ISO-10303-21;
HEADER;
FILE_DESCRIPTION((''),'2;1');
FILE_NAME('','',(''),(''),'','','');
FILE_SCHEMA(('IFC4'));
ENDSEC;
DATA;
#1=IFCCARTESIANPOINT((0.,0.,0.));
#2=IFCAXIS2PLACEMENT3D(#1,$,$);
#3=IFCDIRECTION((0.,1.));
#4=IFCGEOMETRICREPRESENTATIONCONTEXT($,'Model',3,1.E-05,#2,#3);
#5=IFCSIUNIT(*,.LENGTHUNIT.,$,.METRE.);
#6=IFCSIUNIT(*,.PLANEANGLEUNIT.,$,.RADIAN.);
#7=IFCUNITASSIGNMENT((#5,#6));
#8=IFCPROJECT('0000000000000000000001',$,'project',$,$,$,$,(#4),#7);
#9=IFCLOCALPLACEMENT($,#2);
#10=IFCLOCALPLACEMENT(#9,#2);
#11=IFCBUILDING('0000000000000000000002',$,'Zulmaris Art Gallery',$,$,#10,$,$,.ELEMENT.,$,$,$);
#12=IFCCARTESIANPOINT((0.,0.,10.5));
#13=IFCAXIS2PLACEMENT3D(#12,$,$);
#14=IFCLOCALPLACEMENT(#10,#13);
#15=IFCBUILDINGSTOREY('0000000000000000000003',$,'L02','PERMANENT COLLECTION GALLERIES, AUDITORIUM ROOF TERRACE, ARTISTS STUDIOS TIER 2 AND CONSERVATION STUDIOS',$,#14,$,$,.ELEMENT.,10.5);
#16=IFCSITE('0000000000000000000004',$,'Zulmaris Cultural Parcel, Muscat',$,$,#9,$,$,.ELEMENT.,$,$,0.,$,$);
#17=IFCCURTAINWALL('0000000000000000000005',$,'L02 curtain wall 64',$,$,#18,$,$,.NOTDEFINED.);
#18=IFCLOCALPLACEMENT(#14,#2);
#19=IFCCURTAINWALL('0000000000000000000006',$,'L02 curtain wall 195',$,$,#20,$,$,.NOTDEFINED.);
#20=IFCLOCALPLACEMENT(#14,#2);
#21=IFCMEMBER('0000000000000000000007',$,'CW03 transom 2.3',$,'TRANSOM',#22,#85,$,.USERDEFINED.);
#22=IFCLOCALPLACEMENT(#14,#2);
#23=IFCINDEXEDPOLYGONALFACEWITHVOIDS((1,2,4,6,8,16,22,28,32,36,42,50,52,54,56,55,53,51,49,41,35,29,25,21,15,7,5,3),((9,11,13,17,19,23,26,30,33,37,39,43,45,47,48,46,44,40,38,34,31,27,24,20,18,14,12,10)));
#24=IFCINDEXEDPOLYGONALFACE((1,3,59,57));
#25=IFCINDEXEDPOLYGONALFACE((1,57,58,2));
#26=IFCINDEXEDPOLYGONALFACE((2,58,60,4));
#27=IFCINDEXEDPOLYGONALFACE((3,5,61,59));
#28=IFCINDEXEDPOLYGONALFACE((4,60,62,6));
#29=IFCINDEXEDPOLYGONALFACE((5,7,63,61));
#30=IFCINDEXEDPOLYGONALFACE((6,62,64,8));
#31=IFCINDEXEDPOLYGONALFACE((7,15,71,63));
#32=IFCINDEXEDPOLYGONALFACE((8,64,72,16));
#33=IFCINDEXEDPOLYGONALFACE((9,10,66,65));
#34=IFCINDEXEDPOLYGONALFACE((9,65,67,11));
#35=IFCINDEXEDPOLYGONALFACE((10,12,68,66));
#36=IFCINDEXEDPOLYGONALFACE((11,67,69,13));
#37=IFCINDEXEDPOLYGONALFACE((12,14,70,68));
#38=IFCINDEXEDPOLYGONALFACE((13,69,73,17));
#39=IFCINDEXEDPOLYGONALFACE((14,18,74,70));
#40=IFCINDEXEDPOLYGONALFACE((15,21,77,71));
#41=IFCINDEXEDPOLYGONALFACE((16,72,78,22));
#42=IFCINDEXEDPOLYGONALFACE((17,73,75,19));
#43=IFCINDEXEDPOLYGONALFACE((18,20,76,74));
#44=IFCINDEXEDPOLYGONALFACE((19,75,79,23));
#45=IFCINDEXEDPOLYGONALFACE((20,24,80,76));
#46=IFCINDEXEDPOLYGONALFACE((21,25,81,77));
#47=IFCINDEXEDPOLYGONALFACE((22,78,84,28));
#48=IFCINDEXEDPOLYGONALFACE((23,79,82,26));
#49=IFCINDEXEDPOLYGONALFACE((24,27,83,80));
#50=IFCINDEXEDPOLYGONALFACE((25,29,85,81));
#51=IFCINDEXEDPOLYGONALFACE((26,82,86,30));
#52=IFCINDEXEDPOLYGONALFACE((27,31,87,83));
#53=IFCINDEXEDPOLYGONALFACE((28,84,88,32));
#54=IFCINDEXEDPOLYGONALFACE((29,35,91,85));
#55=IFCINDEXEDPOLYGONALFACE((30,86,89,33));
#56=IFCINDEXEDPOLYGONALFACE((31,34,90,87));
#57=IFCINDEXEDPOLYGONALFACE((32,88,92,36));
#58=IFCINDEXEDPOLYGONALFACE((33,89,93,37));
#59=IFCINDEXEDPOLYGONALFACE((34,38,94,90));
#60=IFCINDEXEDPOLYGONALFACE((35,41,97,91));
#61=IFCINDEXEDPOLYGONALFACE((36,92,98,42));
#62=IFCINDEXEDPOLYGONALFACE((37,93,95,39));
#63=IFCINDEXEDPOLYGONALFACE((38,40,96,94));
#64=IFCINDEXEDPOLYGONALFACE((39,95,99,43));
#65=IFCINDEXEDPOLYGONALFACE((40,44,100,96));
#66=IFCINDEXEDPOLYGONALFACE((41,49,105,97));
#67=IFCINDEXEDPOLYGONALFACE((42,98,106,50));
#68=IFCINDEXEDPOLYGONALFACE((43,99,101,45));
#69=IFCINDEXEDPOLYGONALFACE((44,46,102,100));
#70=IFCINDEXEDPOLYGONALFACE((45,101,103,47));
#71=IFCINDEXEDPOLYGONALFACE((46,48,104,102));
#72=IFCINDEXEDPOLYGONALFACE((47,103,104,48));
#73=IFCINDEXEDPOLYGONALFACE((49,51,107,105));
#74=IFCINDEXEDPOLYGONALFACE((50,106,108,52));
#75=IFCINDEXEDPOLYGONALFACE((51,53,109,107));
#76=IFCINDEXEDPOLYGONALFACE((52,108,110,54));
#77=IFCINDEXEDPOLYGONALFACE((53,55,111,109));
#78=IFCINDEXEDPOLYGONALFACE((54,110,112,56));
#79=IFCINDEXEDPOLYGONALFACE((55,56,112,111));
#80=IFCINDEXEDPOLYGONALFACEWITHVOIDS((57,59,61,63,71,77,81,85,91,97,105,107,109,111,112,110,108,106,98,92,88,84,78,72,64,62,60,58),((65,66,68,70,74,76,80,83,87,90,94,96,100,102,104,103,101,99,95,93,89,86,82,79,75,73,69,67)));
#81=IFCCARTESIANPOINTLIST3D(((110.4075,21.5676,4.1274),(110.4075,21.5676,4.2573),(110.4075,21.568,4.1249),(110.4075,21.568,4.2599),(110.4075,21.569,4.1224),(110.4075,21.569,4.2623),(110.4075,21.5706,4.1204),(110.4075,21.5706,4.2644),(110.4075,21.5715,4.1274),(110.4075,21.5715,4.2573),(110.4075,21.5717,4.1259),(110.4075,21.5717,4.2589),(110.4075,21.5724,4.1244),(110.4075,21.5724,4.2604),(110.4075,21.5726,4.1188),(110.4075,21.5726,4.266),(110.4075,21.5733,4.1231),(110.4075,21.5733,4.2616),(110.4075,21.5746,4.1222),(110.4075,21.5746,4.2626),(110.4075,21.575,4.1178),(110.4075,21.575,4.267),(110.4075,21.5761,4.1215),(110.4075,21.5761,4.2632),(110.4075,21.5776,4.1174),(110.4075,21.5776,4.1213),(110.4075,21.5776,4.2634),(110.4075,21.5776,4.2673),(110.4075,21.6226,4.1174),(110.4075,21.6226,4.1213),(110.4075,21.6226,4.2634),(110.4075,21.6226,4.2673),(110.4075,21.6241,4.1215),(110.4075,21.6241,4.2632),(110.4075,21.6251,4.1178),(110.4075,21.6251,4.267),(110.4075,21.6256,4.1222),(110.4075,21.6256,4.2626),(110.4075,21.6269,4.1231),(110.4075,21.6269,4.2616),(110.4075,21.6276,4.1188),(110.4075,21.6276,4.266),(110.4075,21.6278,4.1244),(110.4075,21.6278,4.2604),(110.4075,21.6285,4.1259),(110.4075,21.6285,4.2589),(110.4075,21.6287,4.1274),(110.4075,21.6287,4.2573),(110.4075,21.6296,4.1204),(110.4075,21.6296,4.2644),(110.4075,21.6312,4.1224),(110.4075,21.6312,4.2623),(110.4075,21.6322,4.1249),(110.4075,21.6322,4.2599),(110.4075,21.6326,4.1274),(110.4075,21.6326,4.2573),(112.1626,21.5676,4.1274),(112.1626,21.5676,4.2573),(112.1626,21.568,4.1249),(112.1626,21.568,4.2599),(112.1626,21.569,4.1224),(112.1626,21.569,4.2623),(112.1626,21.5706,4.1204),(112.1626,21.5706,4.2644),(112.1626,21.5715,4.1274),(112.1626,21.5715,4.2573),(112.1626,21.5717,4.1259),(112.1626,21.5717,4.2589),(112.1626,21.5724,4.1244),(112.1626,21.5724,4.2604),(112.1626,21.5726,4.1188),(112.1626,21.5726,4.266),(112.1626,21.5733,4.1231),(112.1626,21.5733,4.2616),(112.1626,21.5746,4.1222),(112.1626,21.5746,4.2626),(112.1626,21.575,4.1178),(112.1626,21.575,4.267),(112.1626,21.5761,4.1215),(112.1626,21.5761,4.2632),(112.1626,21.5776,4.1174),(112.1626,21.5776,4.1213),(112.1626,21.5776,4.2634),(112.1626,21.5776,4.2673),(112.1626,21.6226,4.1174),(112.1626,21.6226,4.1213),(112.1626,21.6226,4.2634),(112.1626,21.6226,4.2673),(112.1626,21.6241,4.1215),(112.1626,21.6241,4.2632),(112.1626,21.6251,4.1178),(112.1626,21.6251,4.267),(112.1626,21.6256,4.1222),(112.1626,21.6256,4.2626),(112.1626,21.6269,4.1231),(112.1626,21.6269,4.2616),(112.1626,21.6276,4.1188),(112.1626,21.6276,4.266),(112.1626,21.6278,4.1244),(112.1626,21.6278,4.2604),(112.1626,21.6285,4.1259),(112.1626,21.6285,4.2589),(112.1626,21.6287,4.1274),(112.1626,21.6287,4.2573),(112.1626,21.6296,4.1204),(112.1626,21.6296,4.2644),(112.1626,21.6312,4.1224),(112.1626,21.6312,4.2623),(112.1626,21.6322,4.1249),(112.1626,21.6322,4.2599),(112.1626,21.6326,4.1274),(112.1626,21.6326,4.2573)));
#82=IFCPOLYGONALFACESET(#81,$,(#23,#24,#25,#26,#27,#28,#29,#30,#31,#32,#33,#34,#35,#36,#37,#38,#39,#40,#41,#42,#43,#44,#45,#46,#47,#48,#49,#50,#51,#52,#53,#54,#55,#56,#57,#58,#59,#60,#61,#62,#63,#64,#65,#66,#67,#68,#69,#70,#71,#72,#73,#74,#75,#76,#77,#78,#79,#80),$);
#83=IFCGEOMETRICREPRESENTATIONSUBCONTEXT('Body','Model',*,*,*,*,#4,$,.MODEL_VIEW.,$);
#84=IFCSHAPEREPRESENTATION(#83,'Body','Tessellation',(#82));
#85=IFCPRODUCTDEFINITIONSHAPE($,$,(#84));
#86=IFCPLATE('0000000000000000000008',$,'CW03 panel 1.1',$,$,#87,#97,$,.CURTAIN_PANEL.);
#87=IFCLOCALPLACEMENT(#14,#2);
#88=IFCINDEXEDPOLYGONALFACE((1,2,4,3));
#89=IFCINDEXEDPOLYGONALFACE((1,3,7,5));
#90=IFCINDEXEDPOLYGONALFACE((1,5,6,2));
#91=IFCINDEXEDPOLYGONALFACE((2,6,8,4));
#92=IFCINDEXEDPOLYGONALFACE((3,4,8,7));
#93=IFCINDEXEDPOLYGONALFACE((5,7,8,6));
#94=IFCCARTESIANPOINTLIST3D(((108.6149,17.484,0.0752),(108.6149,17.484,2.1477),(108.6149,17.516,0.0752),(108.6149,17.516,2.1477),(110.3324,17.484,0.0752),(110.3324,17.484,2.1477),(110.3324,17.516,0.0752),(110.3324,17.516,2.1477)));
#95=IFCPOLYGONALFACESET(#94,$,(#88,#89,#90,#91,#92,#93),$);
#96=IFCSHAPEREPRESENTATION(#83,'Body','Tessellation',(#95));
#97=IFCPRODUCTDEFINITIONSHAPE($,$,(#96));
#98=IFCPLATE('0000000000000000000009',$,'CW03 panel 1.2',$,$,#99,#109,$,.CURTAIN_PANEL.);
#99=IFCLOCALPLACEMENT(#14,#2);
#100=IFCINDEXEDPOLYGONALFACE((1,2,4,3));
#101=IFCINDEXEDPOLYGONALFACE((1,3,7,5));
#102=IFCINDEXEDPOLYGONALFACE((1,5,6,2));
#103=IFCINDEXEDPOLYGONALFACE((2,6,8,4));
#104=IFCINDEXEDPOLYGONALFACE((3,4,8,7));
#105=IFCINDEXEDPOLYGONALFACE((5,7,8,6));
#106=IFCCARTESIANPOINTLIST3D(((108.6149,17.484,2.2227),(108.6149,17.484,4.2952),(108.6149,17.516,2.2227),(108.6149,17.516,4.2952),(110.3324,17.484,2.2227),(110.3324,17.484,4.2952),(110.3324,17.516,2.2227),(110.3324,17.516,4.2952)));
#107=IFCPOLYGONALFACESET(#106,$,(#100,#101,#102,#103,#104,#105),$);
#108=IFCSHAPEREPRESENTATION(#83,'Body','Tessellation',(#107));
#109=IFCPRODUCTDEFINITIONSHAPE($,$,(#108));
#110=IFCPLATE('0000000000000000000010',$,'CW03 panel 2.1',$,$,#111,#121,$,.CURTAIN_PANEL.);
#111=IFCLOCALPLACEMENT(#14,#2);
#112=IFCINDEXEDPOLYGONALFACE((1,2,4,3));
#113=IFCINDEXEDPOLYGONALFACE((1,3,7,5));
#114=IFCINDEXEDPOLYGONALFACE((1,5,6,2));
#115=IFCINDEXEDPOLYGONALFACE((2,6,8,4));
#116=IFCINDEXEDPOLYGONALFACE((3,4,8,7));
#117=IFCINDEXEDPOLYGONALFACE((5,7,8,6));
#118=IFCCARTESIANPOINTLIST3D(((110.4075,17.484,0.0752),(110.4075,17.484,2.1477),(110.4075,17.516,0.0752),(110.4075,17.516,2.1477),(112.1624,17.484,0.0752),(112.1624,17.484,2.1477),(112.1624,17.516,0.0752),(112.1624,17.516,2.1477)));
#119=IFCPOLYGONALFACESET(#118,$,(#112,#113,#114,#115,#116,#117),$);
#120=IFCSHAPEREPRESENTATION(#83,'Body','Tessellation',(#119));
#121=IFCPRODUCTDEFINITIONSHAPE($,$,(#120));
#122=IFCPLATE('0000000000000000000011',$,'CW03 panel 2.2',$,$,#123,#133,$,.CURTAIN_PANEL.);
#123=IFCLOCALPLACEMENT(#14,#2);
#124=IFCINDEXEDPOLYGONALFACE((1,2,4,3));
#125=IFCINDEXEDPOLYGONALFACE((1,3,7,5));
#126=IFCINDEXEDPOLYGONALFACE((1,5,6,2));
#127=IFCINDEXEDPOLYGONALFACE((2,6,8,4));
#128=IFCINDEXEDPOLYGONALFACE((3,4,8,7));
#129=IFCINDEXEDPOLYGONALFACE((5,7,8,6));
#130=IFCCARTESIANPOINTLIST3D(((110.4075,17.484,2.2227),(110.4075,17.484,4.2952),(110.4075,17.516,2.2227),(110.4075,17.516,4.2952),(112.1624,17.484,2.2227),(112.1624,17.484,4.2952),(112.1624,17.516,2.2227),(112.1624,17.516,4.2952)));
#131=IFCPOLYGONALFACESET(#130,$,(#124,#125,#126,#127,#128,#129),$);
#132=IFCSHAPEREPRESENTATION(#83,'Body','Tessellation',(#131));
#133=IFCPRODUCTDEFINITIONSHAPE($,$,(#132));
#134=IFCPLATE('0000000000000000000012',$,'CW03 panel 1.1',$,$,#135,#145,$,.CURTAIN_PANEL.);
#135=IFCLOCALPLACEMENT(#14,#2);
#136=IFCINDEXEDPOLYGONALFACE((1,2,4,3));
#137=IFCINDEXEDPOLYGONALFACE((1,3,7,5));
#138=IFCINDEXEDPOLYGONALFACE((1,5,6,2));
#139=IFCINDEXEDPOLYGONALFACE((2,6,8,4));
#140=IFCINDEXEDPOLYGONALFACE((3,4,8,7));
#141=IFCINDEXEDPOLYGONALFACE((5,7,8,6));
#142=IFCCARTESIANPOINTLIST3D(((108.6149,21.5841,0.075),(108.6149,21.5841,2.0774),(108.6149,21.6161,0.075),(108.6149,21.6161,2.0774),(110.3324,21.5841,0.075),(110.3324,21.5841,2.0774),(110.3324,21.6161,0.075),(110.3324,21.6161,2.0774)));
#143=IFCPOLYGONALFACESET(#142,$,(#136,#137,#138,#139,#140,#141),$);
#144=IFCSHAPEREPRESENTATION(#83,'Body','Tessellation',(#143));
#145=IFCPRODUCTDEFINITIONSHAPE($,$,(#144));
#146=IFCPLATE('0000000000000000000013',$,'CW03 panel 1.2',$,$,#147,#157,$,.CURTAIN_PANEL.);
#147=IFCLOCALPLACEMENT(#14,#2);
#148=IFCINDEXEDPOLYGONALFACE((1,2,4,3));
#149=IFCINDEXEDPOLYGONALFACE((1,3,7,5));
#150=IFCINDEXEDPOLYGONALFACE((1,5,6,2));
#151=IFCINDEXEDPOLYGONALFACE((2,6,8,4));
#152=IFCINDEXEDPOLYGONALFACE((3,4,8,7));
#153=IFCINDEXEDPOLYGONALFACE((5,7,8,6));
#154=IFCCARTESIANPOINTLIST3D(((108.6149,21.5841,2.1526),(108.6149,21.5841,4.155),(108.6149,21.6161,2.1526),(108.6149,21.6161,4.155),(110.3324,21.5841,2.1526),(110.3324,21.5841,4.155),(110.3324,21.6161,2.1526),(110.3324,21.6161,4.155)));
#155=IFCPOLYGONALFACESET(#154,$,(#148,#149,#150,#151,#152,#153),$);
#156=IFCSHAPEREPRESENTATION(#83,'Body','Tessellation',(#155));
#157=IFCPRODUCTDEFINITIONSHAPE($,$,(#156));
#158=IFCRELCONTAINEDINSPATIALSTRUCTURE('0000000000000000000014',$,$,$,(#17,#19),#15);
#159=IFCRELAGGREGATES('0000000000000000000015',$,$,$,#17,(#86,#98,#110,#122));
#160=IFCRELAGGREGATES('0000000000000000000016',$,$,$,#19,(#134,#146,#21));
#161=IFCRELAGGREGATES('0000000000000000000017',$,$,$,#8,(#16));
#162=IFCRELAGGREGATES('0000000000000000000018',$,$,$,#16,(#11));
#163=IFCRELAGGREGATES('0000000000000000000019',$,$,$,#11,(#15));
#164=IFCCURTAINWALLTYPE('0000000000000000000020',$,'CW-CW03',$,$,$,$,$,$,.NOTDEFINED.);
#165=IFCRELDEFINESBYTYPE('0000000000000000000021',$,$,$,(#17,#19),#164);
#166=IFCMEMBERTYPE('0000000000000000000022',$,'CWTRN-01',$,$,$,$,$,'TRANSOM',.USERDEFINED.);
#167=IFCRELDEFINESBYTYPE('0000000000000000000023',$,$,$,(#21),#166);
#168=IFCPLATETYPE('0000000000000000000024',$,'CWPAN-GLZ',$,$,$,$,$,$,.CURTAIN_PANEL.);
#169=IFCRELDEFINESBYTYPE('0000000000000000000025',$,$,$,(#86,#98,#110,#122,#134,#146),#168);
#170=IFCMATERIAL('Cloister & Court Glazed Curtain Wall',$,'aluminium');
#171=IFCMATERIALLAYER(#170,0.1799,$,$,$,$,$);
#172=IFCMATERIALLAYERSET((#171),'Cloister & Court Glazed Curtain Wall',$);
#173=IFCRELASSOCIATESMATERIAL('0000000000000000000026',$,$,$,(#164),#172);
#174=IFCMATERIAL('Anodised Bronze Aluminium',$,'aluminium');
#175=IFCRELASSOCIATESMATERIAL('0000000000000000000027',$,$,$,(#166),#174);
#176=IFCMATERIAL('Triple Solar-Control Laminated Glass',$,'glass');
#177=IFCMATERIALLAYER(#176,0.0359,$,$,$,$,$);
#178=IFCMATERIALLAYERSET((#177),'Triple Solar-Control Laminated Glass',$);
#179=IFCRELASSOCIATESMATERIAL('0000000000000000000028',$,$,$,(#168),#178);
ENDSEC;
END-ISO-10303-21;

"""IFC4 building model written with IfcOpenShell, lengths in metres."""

from ifc_helpers import new_model, si_unit, direction, frame, origin, origin_2d, place, context, subcontext, project, spatial, rectangle, hollow_rectangle, extrude, material, layer, layer_set, material_profile, profile_set, type_object, element, aggregate, save


model = new_model("IFC4")

# Units and contexts
model_context = context("Model", 3, precision=1e-05, world=origin(), true_north=direction((0.0, 1.0)))
body_context = subcontext(model_context, "Body", "Model", "MODEL_VIEW")
ifc_project = project(units=[si_unit("LENGTHUNIT", "METRE"), si_unit("PLANEANGLEUNIT", "RADIAN")], contexts=[model_context])

# Site, building, storey
site_placement = place(None, origin())
site = spatial("IfcSite", under=ifc_project, at=site_placement, Name="Zulmaris Cultural Parcel, Muscat", CompositionType="ELEMENT", RefElevation=0.0)
building_placement = place(site_placement, origin())
building = spatial("IfcBuilding", under=site, at=building_placement, Name="Zulmaris Art Gallery", CompositionType="ELEMENT")
storey_placement = place(building_placement, frame((0.0, 0.0, 10.5)))
storey = spatial("IfcBuildingStorey", under=building, at=storey_placement, Name="L02", Description="PERMANENT COLLECTION GALLERIES, AUDITORIUM ROOF TERRACE, ARTISTS STUDIOS TIER 2 AND CONSERVATION STUDIOS", CompositionType="ELEMENT", Elevation=10.5)

# Shared definitions
ifc_material_1 = material(Name="Cloister & Court Glazed Curtain Wall", Category="aluminium")
ifc_layer_1 = layer(ifc_material_1, 0.1799)
ifc_layer_set_1 = layer_set([ifc_layer_1], Name="Cloister & Court Glazed Curtain Wall")
curtain_wall_type = type_object("IfcCurtainWallType", Name="CW-CW03", PredefinedType="NOTDEFINED", material=ifc_layer_set_1)
ifc_material_2 = material(Name="Anodised Bronze Aluminium", Category="aluminium")

# Curtain wall
curtain_wall_1_placement = place(storey_placement, origin())
curtain_wall_1 = element("IfcCurtainWall", 1, at=curtain_wall_1_placement, inside=storey, type_object=curtain_wall_type, Name="L02 curtain wall 64", PredefinedType="NOTDEFINED")

# Curtain wall
curtain_wall_2_placement = place(storey_placement, origin())
curtain_wall_2 = element("IfcCurtainWall", 2, at=curtain_wall_2_placement, inside=storey, type_object=curtain_wall_type, Name="L02 curtain wall 195", PredefinedType="NOTDEFINED")

# Member
ifc_material_profile_1 = material_profile(ifc_material_2, hollow_rectangle(XDim=0.0649, YDim=0.1499, WallThickness=0.0039, InnerFilletRadius=0.0061, OuterFilletRadius=0.01, at=origin_2d()), Name="ALU 65x150x4")
ifc_profile_set_1 = profile_set([ifc_material_profile_1], Name="Anodised Bronze Aluminium")
member_type_1 = type_object("IfcMemberType", Name="CWTRN-01", ElementType="TRANSOM", PredefinedType="USERDEFINED", material=ifc_profile_set_1)
member_1_placement = place(storey_placement, frame((110.4075, 21.6001, 4.1924), z_axis=(1.0, 0.0, 0.0), x_axis=(0.0, 1.0, 0.0)))
member_1 = element("IfcMember", 3, at=member_1_placement, type_object=member_type_1, Name="CW03 transom 2.3", ObjectType="TRANSOM", PredefinedType="USERDEFINED", context=body_context, shape_type="SweptSolid", body=[
    extrude(hollow_rectangle(XDim=0.0649, YDim=0.1499, WallThickness=0.0039, InnerFilletRadius=0.0061, OuterFilletRadius=0.01, at=origin_2d()), origin(), (0.0, 0.0, 1.0), 1.7551),
])

# Plates
ifc_material_3 = material(Name="Triple Solar-Control Laminated Glass", Category="glass")
ifc_layer_2 = layer(ifc_material_3, 0.0359)
ifc_layer_set_2 = layer_set([ifc_layer_2], Name="Triple Solar-Control Laminated Glass")
plate_type = type_object("IfcPlateType", Name="CWPAN-GLZ", PredefinedType="CURTAIN_PANEL", material=ifc_layer_set_2)
plate_1_placement = place(storey_placement, frame((109.4736, 17.5, 0.0752), z_axis=(0.0, 0.0, 1.0), x_axis=(1.0, 0.0, 0.0)))
plate_1 = element("IfcPlate", 4, at=plate_1_placement, type_object=plate_type, Name="CW03 panel 1.1", PredefinedType="CURTAIN_PANEL", context=body_context, shape_type="SweptSolid", body=[
    extrude(rectangle(XDim=1.7175, YDim=0.032, at=origin_2d()), origin(), (0.0, 0.0, 1.0), 2.0725),
])
plate_2_placement = place(storey_placement, frame((109.4736, 17.5, 2.2227), z_axis=(0.0, 0.0, 1.0), x_axis=(1.0, 0.0, 0.0)))
plate_2 = element("IfcPlate", 5, at=plate_2_placement, type_object=plate_type, Name="CW03 panel 1.2", PredefinedType="CURTAIN_PANEL", context=body_context, shape_type="SweptSolid", body=[
    extrude(rectangle(XDim=1.7175, YDim=0.032, at=origin_2d()), origin(), (0.0, 0.0, 1.0), 2.0725),
])
plate_3_placement = place(storey_placement, frame((111.2849, 17.5, 0.0752), z_axis=(0.0, 0.0, 1.0), x_axis=(1.0, 0.0, 0.0)))
plate_3 = element("IfcPlate", 6, at=plate_3_placement, type_object=plate_type, Name="CW03 panel 2.1", PredefinedType="CURTAIN_PANEL", context=body_context, shape_type="SweptSolid", body=[
    extrude(rectangle(XDim=1.7549, YDim=0.032, at=origin_2d()), origin(), (0.0, 0.0, 1.0), 2.0725),
])
plate_4_placement = place(storey_placement, frame((111.2849, 17.5, 2.2227), z_axis=(0.0, 0.0, 1.0), x_axis=(1.0, 0.0, 0.0)))
plate_4 = element("IfcPlate", 7, at=plate_4_placement, type_object=plate_type, Name="CW03 panel 2.2", PredefinedType="CURTAIN_PANEL", context=body_context, shape_type="SweptSolid", body=[
    extrude(rectangle(XDim=1.7549, YDim=0.032, at=origin_2d()), origin(), (0.0, 0.0, 1.0), 2.0725),
])
aggregate(curtain_wall_1, [plate_1, plate_2, plate_3, plate_4])
plate_5_placement = place(storey_placement, frame((109.4736, 21.6001, 0.075), z_axis=(0.0, 0.0, 1.0), x_axis=(1.0, 0.0, 0.0)))
plate_5 = element("IfcPlate", 8, at=plate_5_placement, type_object=plate_type, Name="CW03 panel 1.1", PredefinedType="CURTAIN_PANEL", context=body_context, shape_type="SweptSolid", body=[
    extrude(rectangle(XDim=1.7175, YDim=0.032, at=origin_2d()), origin(), (0.0, 0.0, 1.0), 2.0024),
])
plate_6_placement = place(storey_placement, frame((109.4736, 21.6001, 2.1526), z_axis=(0.0, 0.0, 1.0), x_axis=(1.0, 0.0, 0.0)))
plate_6 = element("IfcPlate", 9, at=plate_6_placement, type_object=plate_type, Name="CW03 panel 1.2", PredefinedType="CURTAIN_PANEL", context=body_context, shape_type="SweptSolid", body=[
    extrude(rectangle(XDim=1.7175, YDim=0.032, at=origin_2d()), origin(), (0.0, 0.0, 1.0), 2.0024),
])
aggregate(curtain_wall_2, [plate_5, plate_6, member_1])

save(model, "model.ifc")
